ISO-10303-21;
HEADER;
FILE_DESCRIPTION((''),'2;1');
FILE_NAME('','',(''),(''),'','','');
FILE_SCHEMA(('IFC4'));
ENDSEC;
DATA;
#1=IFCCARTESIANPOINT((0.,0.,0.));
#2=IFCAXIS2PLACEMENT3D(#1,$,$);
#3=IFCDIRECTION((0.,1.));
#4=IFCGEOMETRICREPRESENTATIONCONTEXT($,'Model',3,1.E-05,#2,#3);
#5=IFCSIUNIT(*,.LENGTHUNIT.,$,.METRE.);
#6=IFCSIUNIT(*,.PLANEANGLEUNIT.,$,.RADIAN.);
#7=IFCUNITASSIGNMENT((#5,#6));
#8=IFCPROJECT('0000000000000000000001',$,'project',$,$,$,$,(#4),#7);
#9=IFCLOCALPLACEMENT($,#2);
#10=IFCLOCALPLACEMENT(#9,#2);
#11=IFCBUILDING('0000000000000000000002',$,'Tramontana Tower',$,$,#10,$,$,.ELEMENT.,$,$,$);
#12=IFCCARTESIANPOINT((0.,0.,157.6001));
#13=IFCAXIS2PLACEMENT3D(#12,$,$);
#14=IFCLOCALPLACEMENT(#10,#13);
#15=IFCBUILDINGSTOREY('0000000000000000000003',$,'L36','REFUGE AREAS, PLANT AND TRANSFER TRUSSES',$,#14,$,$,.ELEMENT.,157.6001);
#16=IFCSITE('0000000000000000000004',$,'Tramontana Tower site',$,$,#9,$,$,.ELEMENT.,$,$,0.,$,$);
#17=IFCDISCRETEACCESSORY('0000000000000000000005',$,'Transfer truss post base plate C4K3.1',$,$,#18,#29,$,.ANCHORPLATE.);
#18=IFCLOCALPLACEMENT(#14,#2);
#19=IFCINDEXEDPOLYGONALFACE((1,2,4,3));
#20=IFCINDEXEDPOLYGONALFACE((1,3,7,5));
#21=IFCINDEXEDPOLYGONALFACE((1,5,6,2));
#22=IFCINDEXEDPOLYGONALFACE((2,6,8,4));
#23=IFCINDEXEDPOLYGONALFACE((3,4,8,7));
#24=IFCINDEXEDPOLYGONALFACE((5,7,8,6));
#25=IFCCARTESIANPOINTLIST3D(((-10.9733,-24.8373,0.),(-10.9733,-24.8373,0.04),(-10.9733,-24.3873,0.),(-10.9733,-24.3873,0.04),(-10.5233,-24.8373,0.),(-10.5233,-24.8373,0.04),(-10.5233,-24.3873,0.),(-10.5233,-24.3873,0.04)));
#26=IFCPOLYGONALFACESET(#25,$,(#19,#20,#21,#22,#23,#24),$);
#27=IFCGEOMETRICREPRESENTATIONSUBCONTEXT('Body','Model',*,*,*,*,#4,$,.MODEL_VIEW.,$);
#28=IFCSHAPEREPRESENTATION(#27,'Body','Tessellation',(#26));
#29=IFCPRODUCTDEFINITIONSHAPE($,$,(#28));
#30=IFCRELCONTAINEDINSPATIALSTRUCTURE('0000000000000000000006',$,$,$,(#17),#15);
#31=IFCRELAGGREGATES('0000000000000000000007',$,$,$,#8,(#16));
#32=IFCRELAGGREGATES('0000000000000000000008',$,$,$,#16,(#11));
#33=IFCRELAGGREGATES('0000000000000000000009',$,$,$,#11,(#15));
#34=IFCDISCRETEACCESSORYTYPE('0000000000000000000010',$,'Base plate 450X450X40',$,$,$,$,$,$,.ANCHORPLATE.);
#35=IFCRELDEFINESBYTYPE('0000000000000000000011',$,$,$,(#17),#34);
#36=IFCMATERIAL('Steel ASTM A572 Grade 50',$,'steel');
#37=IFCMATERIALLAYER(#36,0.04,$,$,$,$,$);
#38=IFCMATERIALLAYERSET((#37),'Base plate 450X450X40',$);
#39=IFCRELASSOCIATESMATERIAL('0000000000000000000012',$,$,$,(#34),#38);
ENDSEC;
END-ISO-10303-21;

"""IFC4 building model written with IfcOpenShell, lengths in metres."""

from ifc_helpers import new_model, si_unit, direction, frame, origin, origin_2d, place, context, subcontext, project, spatial, rectangle, extrude, material, layer, layer_set, type_object, element, save


model = new_model("IFC4")

# Units and contexts
model_context = context("Model", 3, precision=1e-05, world=origin(), true_north=direction((0.0, 1.0)))
body_context = subcontext(model_context, "Body", "Model", "MODEL_VIEW")
ifc_project = project(units=[si_unit("LENGTHUNIT", "METRE"), si_unit("PLANEANGLEUNIT", "RADIAN")], contexts=[model_context])

# Site, building, storey
site_placement = place(None, origin())
site = spatial("IfcSite", under=ifc_project, at=site_placement, Name="Tramontana Tower site", CompositionType="ELEMENT", RefElevation=0.0)
building_placement = place(site_placement, origin())
building = spatial("IfcBuilding", under=site, at=building_placement, Name="Tramontana Tower", CompositionType="ELEMENT")
storey_placement = place(building_placement, frame((0.0, 0.0, 157.6001)))
storey = spatial("IfcBuildingStorey", under=building, at=storey_placement, Name="L36", Description="REFUGE AREAS, PLANT AND TRANSFER TRUSSES", CompositionType="ELEMENT", Elevation=157.6001)

# Discrete accessory
ifc_material_1 = material(Name="Steel ASTM A572 Grade 50", Category="steel")
ifc_layer = layer(ifc_material_1, 0.04)
ifc_layer_set = layer_set([ifc_layer], Name="Base plate 450X450X40")
discrete_accessory_type = type_object("IfcDiscreteAccessoryType", Name="Base plate 450X450X40", PredefinedType="ANCHORPLATE", material=ifc_layer_set)
discrete_accessory_placement = place(storey_placement, frame((-10.7483, -24.6123, 0.0), z_axis=(0.0, 0.0, 1.0), x_axis=(1.0, 0.0, 0.0)))
element("IfcDiscreteAccessory", 1, at=discrete_accessory_placement, inside=storey, type_object=discrete_accessory_type, Name="Transfer truss post base plate C4K3.1", PredefinedType="ANCHORPLATE", context=body_context, shape_type="SweptSolid", body=[
    extrude(rectangle(XDim=0.45, YDim=0.45, at=origin_2d()), origin(), (0.0, 0.0, 1.0), 0.04),
])

save(model, "model.ifc")
